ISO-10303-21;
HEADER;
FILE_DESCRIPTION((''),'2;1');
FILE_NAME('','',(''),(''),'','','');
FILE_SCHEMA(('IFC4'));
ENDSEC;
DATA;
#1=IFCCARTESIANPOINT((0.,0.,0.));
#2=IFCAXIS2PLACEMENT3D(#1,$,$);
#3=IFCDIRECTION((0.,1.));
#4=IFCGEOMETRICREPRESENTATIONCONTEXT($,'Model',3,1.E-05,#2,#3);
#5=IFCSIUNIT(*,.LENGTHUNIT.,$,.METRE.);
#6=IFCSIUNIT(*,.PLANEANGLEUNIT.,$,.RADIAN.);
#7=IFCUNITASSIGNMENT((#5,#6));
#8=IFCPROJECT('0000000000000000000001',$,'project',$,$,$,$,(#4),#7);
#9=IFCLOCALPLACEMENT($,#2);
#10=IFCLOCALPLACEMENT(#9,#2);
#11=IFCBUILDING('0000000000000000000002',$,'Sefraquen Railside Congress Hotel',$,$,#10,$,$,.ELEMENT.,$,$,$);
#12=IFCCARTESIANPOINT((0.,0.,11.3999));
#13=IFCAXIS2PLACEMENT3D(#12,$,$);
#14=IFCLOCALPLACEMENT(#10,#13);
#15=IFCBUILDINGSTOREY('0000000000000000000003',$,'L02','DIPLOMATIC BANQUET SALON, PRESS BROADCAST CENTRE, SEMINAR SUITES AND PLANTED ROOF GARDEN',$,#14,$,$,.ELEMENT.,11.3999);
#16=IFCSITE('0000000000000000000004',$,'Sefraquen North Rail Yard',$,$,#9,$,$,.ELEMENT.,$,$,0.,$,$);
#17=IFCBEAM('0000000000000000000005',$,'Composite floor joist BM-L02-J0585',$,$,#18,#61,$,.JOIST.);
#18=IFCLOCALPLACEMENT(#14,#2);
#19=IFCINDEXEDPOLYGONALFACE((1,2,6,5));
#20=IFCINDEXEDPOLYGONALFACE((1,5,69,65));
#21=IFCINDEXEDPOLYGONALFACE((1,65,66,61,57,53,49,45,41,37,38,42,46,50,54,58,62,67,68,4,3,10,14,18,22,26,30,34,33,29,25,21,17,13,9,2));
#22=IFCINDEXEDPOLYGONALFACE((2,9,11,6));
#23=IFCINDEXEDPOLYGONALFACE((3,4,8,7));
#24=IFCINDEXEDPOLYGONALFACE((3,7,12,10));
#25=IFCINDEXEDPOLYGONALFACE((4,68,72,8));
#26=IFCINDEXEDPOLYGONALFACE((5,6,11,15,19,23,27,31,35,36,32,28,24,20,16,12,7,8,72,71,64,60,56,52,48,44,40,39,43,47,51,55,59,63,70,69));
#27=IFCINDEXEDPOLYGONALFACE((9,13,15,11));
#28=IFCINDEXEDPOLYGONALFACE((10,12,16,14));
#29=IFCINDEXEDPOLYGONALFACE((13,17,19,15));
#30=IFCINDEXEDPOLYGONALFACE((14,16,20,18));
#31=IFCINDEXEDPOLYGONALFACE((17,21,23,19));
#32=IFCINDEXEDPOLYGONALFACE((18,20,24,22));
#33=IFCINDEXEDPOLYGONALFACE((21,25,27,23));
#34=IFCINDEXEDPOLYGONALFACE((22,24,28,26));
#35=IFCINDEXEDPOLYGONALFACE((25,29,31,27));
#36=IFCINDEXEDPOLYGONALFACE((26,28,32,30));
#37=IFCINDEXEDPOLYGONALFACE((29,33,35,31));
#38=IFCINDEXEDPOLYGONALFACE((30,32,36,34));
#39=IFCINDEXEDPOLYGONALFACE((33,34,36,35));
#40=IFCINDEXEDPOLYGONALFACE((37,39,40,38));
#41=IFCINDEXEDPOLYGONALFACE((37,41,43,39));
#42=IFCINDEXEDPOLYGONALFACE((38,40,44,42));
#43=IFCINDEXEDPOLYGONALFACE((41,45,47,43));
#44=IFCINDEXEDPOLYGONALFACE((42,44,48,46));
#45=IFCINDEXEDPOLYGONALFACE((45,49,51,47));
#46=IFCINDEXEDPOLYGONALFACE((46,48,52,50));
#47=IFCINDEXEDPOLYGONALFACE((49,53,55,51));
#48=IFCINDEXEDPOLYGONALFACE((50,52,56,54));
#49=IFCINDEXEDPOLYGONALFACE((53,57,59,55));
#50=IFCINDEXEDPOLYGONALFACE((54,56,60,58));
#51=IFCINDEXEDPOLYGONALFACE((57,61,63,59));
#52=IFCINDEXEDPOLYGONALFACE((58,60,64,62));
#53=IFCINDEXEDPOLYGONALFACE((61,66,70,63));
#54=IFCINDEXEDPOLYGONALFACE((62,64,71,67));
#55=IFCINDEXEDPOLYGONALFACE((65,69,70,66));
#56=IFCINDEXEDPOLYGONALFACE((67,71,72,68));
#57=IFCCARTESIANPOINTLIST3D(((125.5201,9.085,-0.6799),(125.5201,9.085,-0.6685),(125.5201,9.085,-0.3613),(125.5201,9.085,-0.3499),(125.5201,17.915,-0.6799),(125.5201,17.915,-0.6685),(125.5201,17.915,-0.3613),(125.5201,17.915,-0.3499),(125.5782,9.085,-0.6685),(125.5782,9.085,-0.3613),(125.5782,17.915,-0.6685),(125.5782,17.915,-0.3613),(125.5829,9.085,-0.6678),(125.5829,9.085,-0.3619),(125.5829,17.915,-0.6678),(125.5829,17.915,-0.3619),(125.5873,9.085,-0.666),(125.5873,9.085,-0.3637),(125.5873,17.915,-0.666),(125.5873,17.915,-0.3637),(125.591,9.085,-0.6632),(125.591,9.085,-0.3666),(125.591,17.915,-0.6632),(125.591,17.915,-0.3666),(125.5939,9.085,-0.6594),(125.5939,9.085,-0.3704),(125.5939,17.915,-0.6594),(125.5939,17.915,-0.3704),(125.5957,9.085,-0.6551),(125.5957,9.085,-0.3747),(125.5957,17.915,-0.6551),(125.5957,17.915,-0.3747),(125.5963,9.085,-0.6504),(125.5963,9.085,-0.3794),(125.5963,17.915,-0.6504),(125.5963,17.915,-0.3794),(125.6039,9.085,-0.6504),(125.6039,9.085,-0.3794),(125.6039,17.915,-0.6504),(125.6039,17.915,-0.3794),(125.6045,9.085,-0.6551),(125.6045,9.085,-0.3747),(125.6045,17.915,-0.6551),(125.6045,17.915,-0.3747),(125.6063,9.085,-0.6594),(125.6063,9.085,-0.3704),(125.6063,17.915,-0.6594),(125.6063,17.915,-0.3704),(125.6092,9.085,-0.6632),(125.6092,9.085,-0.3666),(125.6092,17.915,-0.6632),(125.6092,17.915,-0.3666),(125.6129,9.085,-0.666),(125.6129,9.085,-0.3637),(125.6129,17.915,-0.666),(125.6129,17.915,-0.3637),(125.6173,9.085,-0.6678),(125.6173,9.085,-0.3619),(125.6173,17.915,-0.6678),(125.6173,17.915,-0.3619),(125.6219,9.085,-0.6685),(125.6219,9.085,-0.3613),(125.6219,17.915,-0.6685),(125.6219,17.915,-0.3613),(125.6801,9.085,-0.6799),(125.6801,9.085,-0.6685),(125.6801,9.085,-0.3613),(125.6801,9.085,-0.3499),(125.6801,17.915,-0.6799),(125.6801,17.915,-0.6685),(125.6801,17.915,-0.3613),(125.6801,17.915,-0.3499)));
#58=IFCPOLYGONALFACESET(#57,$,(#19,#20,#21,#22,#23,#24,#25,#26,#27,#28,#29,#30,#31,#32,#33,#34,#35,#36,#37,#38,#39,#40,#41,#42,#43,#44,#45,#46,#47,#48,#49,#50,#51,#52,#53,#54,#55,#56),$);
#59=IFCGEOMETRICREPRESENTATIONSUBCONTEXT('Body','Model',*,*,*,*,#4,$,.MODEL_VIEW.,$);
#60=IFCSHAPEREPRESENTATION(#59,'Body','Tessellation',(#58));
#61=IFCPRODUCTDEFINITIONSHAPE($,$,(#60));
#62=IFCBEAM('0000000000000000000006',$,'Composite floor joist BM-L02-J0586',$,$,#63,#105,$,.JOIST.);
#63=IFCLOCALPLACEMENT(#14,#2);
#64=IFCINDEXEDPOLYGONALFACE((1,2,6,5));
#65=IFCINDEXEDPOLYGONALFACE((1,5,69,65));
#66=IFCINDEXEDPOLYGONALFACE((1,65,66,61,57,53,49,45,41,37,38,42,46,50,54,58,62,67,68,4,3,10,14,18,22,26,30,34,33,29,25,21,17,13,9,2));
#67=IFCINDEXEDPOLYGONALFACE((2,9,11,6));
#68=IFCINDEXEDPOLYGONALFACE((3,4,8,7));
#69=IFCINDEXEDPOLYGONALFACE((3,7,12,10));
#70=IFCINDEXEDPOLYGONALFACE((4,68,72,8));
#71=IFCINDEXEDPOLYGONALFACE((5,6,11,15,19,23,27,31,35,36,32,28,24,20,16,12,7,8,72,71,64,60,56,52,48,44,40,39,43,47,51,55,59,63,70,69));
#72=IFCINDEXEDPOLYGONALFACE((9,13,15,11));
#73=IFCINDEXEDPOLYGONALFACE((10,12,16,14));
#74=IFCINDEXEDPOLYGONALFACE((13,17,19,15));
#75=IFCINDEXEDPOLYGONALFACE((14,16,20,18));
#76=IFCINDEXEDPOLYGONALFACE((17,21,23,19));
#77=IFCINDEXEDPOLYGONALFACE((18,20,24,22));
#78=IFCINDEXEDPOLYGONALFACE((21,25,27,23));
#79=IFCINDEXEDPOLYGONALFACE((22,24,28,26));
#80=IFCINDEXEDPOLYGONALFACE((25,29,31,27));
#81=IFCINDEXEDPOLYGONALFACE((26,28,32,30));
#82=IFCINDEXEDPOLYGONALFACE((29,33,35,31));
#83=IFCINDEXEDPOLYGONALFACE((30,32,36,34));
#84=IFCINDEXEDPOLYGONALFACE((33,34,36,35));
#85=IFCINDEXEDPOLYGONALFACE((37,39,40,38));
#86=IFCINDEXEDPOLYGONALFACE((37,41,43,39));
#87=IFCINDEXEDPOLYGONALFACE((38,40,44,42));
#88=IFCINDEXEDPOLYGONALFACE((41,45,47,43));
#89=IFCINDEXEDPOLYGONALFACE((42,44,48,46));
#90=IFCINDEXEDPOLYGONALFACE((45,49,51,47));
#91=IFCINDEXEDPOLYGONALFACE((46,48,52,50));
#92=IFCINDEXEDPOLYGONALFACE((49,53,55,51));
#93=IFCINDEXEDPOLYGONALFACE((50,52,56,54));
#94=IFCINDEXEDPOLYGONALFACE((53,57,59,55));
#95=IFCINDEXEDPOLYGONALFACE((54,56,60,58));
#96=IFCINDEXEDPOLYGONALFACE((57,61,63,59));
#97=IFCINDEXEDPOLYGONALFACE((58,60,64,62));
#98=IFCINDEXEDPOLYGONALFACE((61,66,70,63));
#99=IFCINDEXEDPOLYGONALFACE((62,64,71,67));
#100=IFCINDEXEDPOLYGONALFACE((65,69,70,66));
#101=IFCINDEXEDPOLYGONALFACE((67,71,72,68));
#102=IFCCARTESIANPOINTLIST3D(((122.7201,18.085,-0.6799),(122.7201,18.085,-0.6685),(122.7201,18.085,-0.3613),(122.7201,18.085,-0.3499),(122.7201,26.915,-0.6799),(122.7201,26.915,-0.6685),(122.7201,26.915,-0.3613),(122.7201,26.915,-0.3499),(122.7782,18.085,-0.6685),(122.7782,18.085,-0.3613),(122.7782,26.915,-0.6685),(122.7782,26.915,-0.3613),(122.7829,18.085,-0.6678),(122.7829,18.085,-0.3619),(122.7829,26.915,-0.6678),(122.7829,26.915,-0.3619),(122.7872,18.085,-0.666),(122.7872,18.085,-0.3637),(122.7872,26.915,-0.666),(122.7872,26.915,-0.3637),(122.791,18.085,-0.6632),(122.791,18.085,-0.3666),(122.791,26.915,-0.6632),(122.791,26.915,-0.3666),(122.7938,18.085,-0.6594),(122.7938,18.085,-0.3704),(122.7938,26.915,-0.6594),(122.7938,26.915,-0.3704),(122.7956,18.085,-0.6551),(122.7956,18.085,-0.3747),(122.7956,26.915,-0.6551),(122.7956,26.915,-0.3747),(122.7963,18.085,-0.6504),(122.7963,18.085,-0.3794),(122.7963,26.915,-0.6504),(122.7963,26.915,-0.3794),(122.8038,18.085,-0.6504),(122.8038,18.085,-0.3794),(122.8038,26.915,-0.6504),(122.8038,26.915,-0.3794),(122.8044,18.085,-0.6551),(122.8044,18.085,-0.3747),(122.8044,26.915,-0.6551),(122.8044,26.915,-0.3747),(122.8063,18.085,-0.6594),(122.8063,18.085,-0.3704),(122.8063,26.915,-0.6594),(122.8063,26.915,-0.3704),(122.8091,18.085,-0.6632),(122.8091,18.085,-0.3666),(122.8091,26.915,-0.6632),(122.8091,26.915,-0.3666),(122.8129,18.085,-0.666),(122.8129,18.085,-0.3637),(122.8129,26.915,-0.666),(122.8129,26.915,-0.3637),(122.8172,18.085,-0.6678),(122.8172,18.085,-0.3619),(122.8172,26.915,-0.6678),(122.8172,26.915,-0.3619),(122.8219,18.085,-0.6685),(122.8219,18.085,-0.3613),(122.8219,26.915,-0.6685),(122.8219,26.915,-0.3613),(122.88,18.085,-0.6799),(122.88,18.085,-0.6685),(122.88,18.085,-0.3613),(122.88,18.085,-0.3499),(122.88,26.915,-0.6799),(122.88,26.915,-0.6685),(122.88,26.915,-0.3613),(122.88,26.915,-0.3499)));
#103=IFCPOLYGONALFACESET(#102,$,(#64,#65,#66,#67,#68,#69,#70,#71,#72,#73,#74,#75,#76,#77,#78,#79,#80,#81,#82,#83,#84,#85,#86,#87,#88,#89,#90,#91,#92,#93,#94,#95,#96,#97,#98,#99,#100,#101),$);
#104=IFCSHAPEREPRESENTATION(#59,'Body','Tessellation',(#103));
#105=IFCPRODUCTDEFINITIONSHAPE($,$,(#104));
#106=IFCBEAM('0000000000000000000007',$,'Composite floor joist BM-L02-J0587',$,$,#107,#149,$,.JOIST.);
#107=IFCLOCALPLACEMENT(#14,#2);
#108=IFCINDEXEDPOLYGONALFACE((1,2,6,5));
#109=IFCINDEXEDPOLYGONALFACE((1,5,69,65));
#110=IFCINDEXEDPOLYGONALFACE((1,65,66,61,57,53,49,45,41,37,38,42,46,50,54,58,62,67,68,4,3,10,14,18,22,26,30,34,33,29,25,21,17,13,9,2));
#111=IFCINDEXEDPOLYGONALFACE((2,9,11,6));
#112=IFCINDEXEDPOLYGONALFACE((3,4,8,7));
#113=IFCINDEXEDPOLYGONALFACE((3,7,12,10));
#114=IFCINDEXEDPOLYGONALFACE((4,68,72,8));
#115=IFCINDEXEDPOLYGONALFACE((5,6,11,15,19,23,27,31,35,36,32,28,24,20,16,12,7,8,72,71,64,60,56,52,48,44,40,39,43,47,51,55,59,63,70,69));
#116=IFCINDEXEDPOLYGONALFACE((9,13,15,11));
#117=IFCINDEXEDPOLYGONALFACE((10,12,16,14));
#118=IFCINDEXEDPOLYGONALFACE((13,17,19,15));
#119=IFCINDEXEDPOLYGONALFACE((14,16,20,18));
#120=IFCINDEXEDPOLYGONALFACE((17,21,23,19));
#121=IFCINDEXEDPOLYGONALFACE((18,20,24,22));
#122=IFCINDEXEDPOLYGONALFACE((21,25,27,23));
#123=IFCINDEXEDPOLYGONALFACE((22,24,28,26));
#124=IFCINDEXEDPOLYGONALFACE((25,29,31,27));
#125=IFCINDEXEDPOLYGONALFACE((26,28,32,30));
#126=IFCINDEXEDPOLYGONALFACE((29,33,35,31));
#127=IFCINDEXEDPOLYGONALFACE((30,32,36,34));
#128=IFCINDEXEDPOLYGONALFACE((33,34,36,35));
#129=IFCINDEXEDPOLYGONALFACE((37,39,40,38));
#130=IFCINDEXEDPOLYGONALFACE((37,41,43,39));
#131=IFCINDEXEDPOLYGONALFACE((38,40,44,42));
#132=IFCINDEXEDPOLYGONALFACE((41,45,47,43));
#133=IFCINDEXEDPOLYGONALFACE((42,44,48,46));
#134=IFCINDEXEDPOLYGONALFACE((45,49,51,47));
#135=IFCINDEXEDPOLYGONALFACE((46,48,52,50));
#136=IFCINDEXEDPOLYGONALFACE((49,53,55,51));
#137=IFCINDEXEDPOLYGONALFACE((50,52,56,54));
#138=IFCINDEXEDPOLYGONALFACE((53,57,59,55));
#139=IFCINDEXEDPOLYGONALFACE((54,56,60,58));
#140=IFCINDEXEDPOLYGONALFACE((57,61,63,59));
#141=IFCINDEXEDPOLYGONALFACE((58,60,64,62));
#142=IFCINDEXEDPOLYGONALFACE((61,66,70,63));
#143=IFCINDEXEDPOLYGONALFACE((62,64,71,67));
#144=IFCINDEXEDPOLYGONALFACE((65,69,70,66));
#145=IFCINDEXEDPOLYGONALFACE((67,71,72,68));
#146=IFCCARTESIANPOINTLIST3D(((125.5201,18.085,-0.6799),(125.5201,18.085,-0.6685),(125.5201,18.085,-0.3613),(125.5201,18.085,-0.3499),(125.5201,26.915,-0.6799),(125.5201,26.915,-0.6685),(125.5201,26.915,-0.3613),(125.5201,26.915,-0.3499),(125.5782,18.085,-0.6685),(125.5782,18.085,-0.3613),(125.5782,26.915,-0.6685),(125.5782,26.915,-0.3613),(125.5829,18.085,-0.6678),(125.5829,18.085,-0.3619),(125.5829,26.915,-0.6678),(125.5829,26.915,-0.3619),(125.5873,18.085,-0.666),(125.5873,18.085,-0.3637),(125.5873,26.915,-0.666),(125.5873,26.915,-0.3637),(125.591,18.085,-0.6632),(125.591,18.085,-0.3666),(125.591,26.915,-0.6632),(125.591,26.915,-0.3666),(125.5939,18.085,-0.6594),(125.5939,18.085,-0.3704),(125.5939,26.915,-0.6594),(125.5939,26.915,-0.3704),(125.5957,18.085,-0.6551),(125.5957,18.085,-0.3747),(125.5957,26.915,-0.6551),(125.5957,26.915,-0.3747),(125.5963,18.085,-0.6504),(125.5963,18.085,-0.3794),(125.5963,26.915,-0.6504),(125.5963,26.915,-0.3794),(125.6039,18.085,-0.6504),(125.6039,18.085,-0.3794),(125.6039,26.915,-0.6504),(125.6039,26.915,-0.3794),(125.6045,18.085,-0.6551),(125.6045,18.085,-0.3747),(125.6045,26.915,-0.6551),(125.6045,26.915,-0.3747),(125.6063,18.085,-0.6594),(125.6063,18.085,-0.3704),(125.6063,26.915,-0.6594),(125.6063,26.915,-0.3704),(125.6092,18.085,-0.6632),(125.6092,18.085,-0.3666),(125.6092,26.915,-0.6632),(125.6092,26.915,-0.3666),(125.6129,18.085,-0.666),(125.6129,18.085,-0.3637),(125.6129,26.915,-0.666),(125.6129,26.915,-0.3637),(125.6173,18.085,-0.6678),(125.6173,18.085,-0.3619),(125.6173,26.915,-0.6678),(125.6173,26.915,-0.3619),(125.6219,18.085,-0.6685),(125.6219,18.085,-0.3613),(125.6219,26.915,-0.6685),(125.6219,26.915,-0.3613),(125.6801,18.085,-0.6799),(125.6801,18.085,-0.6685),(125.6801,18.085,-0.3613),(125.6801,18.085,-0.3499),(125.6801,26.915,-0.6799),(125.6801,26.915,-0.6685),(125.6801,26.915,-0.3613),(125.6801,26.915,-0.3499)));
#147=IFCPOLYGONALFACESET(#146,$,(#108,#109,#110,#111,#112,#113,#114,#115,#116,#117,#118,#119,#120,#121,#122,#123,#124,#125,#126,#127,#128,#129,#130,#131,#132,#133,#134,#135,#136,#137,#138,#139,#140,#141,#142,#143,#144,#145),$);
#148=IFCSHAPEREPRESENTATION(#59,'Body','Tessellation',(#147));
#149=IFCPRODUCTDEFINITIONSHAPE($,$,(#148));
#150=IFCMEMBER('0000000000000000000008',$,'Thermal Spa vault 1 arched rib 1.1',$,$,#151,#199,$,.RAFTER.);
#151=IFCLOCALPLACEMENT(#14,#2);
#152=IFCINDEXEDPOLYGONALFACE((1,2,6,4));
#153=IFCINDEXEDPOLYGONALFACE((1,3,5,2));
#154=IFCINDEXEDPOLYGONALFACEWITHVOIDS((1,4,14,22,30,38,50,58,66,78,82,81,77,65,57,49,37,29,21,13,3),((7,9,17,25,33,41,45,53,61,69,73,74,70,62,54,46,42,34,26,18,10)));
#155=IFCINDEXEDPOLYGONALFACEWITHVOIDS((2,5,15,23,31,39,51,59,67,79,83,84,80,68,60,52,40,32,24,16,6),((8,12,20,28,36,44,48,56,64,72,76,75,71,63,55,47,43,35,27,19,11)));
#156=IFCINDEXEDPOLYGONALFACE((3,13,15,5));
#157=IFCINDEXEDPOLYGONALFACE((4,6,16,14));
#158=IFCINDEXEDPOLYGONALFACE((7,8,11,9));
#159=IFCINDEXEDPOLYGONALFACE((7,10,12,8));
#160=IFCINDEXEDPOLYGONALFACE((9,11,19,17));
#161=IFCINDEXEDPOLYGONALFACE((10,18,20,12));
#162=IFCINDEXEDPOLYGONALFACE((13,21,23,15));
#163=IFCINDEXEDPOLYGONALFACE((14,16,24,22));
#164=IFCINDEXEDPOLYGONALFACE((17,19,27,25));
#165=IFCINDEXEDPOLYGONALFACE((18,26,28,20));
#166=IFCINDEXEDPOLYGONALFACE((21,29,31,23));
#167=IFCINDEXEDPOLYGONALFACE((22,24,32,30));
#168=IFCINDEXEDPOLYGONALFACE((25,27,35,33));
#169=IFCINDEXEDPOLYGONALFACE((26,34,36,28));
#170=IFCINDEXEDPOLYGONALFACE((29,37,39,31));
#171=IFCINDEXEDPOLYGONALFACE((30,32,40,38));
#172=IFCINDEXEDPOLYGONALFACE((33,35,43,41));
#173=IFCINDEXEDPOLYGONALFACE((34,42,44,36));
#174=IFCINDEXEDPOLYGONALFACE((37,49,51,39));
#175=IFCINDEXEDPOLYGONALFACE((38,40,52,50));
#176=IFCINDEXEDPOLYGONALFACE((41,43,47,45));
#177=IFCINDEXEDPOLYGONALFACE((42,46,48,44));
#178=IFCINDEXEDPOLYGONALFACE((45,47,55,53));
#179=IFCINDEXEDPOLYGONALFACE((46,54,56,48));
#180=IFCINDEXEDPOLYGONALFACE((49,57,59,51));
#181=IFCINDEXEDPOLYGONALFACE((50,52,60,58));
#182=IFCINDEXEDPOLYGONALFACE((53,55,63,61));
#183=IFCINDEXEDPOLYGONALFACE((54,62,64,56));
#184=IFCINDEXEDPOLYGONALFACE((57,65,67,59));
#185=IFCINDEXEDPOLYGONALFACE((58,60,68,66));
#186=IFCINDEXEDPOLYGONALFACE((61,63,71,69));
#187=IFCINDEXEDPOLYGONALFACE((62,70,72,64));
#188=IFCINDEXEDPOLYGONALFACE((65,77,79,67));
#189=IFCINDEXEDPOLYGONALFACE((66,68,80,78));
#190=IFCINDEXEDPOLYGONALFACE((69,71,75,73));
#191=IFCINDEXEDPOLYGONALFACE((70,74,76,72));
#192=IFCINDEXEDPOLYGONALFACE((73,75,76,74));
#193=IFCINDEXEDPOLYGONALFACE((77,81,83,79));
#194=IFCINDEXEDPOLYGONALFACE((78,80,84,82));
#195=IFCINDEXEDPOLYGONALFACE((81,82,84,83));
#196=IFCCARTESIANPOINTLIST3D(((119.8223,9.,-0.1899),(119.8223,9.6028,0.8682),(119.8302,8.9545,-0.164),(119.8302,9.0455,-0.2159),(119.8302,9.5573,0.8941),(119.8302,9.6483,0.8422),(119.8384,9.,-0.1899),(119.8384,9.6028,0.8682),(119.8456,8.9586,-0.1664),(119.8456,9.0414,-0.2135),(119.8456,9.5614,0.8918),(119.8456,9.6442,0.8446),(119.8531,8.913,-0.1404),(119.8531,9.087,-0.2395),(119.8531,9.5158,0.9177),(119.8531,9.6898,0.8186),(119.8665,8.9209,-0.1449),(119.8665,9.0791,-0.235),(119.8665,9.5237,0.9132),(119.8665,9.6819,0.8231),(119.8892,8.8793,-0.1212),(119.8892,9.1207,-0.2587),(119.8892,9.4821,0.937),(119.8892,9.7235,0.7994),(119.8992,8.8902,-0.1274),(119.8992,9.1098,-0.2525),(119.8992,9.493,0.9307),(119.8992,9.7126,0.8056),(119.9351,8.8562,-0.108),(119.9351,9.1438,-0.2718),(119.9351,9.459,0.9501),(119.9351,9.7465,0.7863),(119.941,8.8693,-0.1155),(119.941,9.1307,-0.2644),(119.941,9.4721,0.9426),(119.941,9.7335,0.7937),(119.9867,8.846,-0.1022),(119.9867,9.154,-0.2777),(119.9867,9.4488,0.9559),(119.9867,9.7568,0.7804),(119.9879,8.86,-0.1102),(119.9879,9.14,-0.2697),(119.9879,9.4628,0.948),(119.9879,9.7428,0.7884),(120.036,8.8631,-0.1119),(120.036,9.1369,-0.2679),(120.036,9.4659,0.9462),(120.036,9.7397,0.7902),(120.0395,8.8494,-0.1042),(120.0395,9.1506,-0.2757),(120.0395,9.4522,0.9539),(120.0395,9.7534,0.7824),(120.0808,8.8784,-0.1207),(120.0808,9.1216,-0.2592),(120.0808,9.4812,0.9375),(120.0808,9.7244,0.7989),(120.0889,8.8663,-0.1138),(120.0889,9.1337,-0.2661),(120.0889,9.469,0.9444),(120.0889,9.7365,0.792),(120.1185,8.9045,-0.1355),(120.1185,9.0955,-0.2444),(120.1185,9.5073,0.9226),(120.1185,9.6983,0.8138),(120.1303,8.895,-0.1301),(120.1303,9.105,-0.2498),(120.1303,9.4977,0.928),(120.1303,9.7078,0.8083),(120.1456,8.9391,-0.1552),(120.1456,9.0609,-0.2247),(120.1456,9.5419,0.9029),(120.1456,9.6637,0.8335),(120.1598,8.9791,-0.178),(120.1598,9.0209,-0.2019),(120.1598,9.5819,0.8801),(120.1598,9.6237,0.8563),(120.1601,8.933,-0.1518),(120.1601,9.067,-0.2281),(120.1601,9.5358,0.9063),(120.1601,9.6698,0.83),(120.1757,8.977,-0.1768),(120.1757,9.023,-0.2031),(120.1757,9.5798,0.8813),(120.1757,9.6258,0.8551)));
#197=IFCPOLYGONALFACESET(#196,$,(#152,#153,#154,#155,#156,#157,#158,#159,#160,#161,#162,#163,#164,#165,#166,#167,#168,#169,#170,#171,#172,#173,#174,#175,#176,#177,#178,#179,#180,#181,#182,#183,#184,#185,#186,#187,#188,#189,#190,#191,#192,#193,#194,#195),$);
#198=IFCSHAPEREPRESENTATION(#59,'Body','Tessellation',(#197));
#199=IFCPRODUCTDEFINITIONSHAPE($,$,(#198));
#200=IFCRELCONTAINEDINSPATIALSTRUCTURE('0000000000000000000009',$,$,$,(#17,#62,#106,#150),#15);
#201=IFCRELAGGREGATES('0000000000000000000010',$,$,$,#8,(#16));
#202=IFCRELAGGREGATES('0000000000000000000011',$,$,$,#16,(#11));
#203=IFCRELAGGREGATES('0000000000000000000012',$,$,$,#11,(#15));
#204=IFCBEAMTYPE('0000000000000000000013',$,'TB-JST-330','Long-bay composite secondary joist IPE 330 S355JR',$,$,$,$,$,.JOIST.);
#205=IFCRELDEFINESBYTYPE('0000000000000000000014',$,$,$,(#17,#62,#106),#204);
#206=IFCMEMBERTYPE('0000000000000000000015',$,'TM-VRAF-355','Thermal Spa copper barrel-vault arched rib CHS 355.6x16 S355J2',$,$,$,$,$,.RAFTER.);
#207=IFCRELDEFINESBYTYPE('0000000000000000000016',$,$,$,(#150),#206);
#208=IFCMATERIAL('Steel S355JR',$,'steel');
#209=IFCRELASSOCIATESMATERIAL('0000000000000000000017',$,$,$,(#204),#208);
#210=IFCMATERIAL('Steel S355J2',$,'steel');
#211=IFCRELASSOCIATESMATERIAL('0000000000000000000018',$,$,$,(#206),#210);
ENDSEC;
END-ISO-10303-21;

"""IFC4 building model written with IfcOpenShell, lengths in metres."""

from ifc_helpers import new_model, si_unit, direction, frame, origin, origin_2d, place, context, subcontext, project, spatial, hollow_circle, i_section, extrude, material, material_profile, profile_set, type_object, element, save


model = new_model("IFC4")

# Units and contexts
model_context = context("Model", 3, precision=1e-05, world=origin(), true_north=direction((0.0, 1.0)))
body_context = subcontext(model_context, "Body", "Model", "MODEL_VIEW")
ifc_project = project(units=[si_unit("LENGTHUNIT", "METRE"), si_unit("PLANEANGLEUNIT", "RADIAN")], contexts=[model_context])

# Site, building, storey
site_placement = place(None, origin())
site = spatial("IfcSite", under=ifc_project, at=site_placement, Name="Sefraquen North Rail Yard", CompositionType="ELEMENT", RefElevation=0.0)
building_placement = place(site_placement, origin())
building = spatial("IfcBuilding", under=site, at=building_placement, Name="Sefraquen Railside Congress Hotel", CompositionType="ELEMENT")
storey_placement = place(building_placement, frame((0.0, 0.0, 11.3999)))
storey = spatial("IfcBuildingStorey", under=building, at=storey_placement, Name="L02", Description="DIPLOMATIC BANQUET SALON, PRESS BROADCAST CENTRE, SEMINAR SUITES AND PLANTED ROOF GARDEN", CompositionType="ELEMENT", Elevation=11.3999)

# Beams
ifc_material_1 = material(Name="Steel S355JR", Category="steel")
ifc_material_profile_1 = material_profile(ifc_material_1, i_section(OverallWidth=0.1599, OverallDepth=0.3301, WebThickness=0.0076, FlangeThickness=0.0115, FilletRadius=0.0181, at=origin_2d()), Name="IPE 330")
ifc_profile_set_1 = profile_set([ifc_material_profile_1], Name="Steel S355JR")
beam_type_1 = type_object("IfcBeamType", Name="TB-JST-330", Description="Long-bay composite secondary joist IPE 330 S355JR", PredefinedType="JOIST", material=ifc_profile_set_1)
for number, where, z_axis, x_axis, name in (
    (1, (125.6001, 9.085, -0.5149), (0.0, 1.0, 0.0), (-1.0, 0.0, 0.0), "Composite floor joist BM-L02-J0585"),
    (2, (122.8, 18.085, -0.5149), (0.0, 1.0, 0.0), (-1.0, 0.0, 0.0), "Composite floor joist BM-L02-J0586"),
    (3, (125.6001, 18.085, -0.5149), (0.0, 1.0, 0.0), (-1.0, 0.0, 0.0), "Composite floor joist BM-L02-J0587"),
):
    element("IfcBeam", number, at=place(storey_placement, frame(where, z_axis=z_axis, x_axis=x_axis)), inside=storey, type_object=beam_type_1, Name=name, PredefinedType="JOIST", context=body_context, shape_type="SweptSolid", body=[
        extrude(i_section(OverallWidth=0.1599, OverallDepth=0.3301, WebThickness=0.0076, FlangeThickness=0.0115, FilletRadius=0.0181, at=origin_2d()), origin(), (0.0, 0.0, 1.0), 8.8301),
    ])

# Member
ifc_material_2 = material(Name="Steel S355J2", Category="steel")
ifc_material_profile_2 = material_profile(ifc_material_2, hollow_circle(Radius=0.1777, WallThickness=0.0161, at=origin_2d()), Name="CHS 355.6x16")
ifc_profile_set_2 = profile_set([ifc_material_profile_2], Name="Steel S355J2")
member_type = type_object("IfcMemberType", Name="TM-VRAF-355", Description="Thermal Spa copper barrel-vault arched rib CHS 355.6x16 S355J2", PredefinedType="RAFTER", material=ifc_profile_set_2)
member_1_placement = place(storey_placement, frame((120.0, 9.0, -0.1899), z_axis=(0.0, 0.494994, 0.868896), x_axis=(-1.0, 0.0, 0.0)))
element("IfcMember", 4, at=member_1_placement, inside=storey, type_object=member_type, Name="Thermal Spa vault 1 arched rib 1.1", PredefinedType="RAFTER", context=body_context, shape_type="SweptSolid", body=[
    extrude(hollow_circle(Radius=0.1777, WallThickness=0.0161, at=origin_2d()), origin(), (0.0, 0.0, 1.0), 1.2178),
])

save(model, "model.ifc")
